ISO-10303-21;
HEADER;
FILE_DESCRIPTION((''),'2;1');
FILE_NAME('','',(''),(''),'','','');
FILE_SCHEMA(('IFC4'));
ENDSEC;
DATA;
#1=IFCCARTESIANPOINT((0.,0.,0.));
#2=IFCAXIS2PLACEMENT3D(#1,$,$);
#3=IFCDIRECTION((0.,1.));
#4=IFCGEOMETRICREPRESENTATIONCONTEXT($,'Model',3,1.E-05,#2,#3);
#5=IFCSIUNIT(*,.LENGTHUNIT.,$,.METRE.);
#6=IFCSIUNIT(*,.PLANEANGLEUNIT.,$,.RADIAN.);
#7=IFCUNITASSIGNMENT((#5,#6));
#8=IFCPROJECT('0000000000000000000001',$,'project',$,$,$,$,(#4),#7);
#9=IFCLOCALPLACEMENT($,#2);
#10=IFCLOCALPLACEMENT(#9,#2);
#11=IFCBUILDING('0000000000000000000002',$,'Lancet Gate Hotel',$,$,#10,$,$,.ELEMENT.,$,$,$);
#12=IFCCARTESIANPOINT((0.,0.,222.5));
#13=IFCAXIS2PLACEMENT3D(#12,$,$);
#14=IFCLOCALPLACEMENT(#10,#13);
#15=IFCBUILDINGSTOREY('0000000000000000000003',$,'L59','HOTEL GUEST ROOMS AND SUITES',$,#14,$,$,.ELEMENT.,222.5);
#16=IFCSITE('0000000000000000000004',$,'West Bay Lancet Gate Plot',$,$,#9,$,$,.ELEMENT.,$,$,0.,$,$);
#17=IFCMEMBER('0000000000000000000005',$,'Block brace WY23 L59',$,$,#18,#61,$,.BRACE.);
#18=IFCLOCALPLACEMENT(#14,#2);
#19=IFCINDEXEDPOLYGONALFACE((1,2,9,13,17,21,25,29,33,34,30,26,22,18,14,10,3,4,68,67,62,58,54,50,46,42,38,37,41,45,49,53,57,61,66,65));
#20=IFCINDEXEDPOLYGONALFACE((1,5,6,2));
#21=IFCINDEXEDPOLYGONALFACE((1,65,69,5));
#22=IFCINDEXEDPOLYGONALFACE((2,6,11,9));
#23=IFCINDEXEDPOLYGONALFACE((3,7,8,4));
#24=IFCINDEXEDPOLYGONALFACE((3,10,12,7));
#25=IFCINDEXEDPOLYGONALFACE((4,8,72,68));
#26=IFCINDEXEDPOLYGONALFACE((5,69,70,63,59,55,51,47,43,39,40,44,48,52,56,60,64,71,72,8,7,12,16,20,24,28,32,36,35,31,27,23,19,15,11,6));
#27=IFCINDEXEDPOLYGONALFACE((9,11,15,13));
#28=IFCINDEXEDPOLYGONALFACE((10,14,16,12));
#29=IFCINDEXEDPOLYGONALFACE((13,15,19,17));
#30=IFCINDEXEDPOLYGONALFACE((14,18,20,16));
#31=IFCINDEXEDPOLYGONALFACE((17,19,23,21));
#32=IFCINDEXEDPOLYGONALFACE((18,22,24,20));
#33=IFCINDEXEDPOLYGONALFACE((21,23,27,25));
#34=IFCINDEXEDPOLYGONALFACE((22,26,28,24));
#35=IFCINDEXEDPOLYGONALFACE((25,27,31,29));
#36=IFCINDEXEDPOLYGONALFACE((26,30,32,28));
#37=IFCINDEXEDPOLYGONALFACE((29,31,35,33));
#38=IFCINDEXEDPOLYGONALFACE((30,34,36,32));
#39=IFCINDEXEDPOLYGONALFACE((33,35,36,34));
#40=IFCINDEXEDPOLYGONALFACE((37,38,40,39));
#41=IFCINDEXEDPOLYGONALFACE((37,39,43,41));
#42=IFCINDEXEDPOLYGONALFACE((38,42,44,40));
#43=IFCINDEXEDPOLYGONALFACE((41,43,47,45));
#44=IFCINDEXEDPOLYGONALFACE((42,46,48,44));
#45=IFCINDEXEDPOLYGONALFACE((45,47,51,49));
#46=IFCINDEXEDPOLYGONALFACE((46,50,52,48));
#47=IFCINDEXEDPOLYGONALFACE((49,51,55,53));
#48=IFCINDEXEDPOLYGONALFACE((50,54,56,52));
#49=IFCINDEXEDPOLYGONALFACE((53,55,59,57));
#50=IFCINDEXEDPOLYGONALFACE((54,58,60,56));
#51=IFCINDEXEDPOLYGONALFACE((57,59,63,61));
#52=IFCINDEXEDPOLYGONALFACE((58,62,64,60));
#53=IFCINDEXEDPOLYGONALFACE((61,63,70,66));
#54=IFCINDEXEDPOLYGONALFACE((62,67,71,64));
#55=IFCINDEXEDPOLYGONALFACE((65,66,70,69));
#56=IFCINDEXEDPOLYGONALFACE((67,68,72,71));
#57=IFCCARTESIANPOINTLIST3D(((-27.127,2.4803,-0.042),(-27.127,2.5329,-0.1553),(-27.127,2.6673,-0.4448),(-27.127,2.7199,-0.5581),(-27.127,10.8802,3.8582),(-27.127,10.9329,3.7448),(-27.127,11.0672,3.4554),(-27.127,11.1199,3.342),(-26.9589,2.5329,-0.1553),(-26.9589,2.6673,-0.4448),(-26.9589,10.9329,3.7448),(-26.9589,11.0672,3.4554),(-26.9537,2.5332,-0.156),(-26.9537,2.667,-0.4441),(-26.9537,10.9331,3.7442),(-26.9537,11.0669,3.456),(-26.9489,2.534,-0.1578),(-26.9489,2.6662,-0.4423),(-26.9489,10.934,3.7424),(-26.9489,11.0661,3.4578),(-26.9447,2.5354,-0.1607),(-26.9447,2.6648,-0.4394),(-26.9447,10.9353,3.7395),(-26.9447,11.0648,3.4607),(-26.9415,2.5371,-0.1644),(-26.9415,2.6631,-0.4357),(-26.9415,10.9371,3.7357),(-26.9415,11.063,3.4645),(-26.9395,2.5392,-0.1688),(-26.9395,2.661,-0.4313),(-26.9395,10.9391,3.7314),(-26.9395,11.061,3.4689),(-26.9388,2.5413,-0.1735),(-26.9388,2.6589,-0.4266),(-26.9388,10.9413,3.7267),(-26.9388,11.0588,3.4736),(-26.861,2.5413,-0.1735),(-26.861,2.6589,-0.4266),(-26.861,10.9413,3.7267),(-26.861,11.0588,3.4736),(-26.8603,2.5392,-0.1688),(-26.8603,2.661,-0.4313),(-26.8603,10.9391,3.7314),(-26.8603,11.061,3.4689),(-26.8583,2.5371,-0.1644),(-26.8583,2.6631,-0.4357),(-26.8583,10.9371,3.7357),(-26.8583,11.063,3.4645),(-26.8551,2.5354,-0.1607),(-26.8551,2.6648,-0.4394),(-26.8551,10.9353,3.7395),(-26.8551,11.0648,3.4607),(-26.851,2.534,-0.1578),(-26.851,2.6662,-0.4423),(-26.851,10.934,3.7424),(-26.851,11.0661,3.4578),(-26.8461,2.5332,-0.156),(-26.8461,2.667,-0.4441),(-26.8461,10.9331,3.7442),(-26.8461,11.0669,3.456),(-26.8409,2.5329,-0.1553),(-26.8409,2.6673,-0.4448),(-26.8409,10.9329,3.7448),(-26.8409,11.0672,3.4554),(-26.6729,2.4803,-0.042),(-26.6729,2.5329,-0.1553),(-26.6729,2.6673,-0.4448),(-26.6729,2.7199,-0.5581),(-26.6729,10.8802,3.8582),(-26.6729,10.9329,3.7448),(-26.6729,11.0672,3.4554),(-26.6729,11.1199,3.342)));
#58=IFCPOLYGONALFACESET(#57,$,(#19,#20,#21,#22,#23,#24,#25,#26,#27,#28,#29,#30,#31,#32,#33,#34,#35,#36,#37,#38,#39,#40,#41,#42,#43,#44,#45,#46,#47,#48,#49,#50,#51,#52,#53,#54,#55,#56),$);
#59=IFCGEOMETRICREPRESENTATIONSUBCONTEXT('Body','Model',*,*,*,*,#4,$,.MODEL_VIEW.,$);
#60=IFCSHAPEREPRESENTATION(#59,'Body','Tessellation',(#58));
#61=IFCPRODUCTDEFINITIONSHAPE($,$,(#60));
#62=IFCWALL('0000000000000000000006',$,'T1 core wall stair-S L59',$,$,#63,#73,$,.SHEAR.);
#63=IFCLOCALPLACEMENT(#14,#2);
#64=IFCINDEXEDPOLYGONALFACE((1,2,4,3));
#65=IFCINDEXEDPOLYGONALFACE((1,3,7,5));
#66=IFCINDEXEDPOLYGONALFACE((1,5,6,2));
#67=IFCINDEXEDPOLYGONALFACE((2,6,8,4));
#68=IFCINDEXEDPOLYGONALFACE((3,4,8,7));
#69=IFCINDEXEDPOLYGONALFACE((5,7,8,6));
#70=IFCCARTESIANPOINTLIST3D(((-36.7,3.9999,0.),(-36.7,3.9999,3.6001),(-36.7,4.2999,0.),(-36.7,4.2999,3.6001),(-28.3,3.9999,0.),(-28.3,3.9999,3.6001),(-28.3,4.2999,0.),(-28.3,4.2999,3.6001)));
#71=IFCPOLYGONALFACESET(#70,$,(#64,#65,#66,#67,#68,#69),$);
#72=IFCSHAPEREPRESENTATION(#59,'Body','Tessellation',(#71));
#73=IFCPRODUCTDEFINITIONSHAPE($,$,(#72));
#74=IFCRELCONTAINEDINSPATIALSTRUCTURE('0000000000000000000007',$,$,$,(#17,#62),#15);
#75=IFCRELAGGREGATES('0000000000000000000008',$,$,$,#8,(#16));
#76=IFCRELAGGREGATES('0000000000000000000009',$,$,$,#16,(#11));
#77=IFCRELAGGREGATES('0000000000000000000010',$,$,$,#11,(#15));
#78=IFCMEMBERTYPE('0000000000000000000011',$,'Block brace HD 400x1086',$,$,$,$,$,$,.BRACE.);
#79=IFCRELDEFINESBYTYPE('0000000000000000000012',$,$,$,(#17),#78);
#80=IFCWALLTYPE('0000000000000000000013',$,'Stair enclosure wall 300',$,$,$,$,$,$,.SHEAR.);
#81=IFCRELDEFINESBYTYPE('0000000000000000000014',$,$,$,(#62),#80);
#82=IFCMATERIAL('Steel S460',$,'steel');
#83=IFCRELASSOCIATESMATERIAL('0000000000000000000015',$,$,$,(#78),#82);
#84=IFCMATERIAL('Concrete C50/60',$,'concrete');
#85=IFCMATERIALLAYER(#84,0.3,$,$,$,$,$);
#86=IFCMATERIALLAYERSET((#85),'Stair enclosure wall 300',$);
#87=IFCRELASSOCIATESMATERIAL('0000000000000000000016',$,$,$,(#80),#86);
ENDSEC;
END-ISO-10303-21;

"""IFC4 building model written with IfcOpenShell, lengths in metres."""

from ifc_helpers import new_model, si_unit, direction, frame, frame_2d, origin, origin_2d, place, context, subcontext, project, spatial, rectangle, i_section, extrude, material, layer, layer_set, material_profile, profile_set, type_object, element, save


model = new_model("IFC4")

# Units and contexts
model_context = context("Model", 3, precision=1e-05, world=origin(), true_north=direction((0.0, 1.0)))
body_context = subcontext(model_context, "Body", "Model", "MODEL_VIEW")
ifc_project = project(units=[si_unit("LENGTHUNIT", "METRE"), si_unit("PLANEANGLEUNIT", "RADIAN")], contexts=[model_context])

# Site, building, storey
site_placement = place(None, origin())
site = spatial("IfcSite", under=ifc_project, at=site_placement, Name="West Bay Lancet Gate Plot", CompositionType="ELEMENT", RefElevation=0.0)
building_placement = place(site_placement, origin())
building = spatial("IfcBuilding", under=site, at=building_placement, Name="Lancet Gate Hotel", CompositionType="ELEMENT")
storey_placement = place(building_placement, frame((0.0, 0.0, 222.5)))
storey = spatial("IfcBuildingStorey", under=building, at=storey_placement, Name="L59", Description="HOTEL GUEST ROOMS AND SUITES", CompositionType="ELEMENT", Elevation=222.5)

# Member
ifc_material_1 = material(Name="Steel S460", Category="steel")
ifc_material_profile = material_profile(ifc_material_1, i_section(OverallWidth=0.4541, OverallDepth=0.5691, WebThickness=0.0779, FlangeThickness=0.125, FilletRadius=0.02, at=origin_2d()), Name="HD 400x1086")
ifc_profile_set = profile_set([ifc_material_profile], Name="Steel S460")
member_type = type_object("IfcMemberType", Name="Block brace HD 400x1086", PredefinedType="BRACE", material=ifc_profile_set)
member_placement = place(storey_placement, frame((-26.8999, 2.6001, -0.3), z_axis=(0.0, 0.907001, 0.421128), x_axis=(-1.0, 0.0, 0.0)))
element("IfcMember", 1, at=member_placement, inside=storey, type_object=member_type, Name="Block brace WY23 L59", PredefinedType="BRACE", context=body_context, shape_type="SweptSolid", body=[
    extrude(i_section(OverallWidth=0.4541, OverallDepth=0.5691, WebThickness=0.0779, FlangeThickness=0.125, FilletRadius=0.02, at=origin_2d()), origin(), (0.0, 0.0, 1.0), 9.2612),
])

# Wall
ifc_material_2 = material(Name="Concrete C50/60", Category="concrete")
ifc_layer_1 = layer(ifc_material_2, 0.3)
ifc_layer_set_1 = layer_set([ifc_layer_1], Name="Stair enclosure wall 300")
wall_type_1 = type_object("IfcWallType", Name="Stair enclosure wall 300", PredefinedType="SHEAR", material=ifc_layer_set_1)
wall_1_placement = place(storey_placement, frame((-28.3, 4.1499, 0.0), z_axis=(0.0, 0.0, 1.0), x_axis=(-1.0, 0.0, 0.0)))
element("IfcWall", 2, at=wall_1_placement, inside=storey, type_object=wall_type_1, Name="T1 core wall stair-S L59", PredefinedType="SHEAR", context=body_context, shape_type="SweptSolid", body=[
    extrude(rectangle(XDim=8.3999, YDim=0.3, at=frame_2d((4.2, 0.0))), origin(), (0.0, 0.0, 1.0), 3.6001),
])

save(model, "model.ifc")
